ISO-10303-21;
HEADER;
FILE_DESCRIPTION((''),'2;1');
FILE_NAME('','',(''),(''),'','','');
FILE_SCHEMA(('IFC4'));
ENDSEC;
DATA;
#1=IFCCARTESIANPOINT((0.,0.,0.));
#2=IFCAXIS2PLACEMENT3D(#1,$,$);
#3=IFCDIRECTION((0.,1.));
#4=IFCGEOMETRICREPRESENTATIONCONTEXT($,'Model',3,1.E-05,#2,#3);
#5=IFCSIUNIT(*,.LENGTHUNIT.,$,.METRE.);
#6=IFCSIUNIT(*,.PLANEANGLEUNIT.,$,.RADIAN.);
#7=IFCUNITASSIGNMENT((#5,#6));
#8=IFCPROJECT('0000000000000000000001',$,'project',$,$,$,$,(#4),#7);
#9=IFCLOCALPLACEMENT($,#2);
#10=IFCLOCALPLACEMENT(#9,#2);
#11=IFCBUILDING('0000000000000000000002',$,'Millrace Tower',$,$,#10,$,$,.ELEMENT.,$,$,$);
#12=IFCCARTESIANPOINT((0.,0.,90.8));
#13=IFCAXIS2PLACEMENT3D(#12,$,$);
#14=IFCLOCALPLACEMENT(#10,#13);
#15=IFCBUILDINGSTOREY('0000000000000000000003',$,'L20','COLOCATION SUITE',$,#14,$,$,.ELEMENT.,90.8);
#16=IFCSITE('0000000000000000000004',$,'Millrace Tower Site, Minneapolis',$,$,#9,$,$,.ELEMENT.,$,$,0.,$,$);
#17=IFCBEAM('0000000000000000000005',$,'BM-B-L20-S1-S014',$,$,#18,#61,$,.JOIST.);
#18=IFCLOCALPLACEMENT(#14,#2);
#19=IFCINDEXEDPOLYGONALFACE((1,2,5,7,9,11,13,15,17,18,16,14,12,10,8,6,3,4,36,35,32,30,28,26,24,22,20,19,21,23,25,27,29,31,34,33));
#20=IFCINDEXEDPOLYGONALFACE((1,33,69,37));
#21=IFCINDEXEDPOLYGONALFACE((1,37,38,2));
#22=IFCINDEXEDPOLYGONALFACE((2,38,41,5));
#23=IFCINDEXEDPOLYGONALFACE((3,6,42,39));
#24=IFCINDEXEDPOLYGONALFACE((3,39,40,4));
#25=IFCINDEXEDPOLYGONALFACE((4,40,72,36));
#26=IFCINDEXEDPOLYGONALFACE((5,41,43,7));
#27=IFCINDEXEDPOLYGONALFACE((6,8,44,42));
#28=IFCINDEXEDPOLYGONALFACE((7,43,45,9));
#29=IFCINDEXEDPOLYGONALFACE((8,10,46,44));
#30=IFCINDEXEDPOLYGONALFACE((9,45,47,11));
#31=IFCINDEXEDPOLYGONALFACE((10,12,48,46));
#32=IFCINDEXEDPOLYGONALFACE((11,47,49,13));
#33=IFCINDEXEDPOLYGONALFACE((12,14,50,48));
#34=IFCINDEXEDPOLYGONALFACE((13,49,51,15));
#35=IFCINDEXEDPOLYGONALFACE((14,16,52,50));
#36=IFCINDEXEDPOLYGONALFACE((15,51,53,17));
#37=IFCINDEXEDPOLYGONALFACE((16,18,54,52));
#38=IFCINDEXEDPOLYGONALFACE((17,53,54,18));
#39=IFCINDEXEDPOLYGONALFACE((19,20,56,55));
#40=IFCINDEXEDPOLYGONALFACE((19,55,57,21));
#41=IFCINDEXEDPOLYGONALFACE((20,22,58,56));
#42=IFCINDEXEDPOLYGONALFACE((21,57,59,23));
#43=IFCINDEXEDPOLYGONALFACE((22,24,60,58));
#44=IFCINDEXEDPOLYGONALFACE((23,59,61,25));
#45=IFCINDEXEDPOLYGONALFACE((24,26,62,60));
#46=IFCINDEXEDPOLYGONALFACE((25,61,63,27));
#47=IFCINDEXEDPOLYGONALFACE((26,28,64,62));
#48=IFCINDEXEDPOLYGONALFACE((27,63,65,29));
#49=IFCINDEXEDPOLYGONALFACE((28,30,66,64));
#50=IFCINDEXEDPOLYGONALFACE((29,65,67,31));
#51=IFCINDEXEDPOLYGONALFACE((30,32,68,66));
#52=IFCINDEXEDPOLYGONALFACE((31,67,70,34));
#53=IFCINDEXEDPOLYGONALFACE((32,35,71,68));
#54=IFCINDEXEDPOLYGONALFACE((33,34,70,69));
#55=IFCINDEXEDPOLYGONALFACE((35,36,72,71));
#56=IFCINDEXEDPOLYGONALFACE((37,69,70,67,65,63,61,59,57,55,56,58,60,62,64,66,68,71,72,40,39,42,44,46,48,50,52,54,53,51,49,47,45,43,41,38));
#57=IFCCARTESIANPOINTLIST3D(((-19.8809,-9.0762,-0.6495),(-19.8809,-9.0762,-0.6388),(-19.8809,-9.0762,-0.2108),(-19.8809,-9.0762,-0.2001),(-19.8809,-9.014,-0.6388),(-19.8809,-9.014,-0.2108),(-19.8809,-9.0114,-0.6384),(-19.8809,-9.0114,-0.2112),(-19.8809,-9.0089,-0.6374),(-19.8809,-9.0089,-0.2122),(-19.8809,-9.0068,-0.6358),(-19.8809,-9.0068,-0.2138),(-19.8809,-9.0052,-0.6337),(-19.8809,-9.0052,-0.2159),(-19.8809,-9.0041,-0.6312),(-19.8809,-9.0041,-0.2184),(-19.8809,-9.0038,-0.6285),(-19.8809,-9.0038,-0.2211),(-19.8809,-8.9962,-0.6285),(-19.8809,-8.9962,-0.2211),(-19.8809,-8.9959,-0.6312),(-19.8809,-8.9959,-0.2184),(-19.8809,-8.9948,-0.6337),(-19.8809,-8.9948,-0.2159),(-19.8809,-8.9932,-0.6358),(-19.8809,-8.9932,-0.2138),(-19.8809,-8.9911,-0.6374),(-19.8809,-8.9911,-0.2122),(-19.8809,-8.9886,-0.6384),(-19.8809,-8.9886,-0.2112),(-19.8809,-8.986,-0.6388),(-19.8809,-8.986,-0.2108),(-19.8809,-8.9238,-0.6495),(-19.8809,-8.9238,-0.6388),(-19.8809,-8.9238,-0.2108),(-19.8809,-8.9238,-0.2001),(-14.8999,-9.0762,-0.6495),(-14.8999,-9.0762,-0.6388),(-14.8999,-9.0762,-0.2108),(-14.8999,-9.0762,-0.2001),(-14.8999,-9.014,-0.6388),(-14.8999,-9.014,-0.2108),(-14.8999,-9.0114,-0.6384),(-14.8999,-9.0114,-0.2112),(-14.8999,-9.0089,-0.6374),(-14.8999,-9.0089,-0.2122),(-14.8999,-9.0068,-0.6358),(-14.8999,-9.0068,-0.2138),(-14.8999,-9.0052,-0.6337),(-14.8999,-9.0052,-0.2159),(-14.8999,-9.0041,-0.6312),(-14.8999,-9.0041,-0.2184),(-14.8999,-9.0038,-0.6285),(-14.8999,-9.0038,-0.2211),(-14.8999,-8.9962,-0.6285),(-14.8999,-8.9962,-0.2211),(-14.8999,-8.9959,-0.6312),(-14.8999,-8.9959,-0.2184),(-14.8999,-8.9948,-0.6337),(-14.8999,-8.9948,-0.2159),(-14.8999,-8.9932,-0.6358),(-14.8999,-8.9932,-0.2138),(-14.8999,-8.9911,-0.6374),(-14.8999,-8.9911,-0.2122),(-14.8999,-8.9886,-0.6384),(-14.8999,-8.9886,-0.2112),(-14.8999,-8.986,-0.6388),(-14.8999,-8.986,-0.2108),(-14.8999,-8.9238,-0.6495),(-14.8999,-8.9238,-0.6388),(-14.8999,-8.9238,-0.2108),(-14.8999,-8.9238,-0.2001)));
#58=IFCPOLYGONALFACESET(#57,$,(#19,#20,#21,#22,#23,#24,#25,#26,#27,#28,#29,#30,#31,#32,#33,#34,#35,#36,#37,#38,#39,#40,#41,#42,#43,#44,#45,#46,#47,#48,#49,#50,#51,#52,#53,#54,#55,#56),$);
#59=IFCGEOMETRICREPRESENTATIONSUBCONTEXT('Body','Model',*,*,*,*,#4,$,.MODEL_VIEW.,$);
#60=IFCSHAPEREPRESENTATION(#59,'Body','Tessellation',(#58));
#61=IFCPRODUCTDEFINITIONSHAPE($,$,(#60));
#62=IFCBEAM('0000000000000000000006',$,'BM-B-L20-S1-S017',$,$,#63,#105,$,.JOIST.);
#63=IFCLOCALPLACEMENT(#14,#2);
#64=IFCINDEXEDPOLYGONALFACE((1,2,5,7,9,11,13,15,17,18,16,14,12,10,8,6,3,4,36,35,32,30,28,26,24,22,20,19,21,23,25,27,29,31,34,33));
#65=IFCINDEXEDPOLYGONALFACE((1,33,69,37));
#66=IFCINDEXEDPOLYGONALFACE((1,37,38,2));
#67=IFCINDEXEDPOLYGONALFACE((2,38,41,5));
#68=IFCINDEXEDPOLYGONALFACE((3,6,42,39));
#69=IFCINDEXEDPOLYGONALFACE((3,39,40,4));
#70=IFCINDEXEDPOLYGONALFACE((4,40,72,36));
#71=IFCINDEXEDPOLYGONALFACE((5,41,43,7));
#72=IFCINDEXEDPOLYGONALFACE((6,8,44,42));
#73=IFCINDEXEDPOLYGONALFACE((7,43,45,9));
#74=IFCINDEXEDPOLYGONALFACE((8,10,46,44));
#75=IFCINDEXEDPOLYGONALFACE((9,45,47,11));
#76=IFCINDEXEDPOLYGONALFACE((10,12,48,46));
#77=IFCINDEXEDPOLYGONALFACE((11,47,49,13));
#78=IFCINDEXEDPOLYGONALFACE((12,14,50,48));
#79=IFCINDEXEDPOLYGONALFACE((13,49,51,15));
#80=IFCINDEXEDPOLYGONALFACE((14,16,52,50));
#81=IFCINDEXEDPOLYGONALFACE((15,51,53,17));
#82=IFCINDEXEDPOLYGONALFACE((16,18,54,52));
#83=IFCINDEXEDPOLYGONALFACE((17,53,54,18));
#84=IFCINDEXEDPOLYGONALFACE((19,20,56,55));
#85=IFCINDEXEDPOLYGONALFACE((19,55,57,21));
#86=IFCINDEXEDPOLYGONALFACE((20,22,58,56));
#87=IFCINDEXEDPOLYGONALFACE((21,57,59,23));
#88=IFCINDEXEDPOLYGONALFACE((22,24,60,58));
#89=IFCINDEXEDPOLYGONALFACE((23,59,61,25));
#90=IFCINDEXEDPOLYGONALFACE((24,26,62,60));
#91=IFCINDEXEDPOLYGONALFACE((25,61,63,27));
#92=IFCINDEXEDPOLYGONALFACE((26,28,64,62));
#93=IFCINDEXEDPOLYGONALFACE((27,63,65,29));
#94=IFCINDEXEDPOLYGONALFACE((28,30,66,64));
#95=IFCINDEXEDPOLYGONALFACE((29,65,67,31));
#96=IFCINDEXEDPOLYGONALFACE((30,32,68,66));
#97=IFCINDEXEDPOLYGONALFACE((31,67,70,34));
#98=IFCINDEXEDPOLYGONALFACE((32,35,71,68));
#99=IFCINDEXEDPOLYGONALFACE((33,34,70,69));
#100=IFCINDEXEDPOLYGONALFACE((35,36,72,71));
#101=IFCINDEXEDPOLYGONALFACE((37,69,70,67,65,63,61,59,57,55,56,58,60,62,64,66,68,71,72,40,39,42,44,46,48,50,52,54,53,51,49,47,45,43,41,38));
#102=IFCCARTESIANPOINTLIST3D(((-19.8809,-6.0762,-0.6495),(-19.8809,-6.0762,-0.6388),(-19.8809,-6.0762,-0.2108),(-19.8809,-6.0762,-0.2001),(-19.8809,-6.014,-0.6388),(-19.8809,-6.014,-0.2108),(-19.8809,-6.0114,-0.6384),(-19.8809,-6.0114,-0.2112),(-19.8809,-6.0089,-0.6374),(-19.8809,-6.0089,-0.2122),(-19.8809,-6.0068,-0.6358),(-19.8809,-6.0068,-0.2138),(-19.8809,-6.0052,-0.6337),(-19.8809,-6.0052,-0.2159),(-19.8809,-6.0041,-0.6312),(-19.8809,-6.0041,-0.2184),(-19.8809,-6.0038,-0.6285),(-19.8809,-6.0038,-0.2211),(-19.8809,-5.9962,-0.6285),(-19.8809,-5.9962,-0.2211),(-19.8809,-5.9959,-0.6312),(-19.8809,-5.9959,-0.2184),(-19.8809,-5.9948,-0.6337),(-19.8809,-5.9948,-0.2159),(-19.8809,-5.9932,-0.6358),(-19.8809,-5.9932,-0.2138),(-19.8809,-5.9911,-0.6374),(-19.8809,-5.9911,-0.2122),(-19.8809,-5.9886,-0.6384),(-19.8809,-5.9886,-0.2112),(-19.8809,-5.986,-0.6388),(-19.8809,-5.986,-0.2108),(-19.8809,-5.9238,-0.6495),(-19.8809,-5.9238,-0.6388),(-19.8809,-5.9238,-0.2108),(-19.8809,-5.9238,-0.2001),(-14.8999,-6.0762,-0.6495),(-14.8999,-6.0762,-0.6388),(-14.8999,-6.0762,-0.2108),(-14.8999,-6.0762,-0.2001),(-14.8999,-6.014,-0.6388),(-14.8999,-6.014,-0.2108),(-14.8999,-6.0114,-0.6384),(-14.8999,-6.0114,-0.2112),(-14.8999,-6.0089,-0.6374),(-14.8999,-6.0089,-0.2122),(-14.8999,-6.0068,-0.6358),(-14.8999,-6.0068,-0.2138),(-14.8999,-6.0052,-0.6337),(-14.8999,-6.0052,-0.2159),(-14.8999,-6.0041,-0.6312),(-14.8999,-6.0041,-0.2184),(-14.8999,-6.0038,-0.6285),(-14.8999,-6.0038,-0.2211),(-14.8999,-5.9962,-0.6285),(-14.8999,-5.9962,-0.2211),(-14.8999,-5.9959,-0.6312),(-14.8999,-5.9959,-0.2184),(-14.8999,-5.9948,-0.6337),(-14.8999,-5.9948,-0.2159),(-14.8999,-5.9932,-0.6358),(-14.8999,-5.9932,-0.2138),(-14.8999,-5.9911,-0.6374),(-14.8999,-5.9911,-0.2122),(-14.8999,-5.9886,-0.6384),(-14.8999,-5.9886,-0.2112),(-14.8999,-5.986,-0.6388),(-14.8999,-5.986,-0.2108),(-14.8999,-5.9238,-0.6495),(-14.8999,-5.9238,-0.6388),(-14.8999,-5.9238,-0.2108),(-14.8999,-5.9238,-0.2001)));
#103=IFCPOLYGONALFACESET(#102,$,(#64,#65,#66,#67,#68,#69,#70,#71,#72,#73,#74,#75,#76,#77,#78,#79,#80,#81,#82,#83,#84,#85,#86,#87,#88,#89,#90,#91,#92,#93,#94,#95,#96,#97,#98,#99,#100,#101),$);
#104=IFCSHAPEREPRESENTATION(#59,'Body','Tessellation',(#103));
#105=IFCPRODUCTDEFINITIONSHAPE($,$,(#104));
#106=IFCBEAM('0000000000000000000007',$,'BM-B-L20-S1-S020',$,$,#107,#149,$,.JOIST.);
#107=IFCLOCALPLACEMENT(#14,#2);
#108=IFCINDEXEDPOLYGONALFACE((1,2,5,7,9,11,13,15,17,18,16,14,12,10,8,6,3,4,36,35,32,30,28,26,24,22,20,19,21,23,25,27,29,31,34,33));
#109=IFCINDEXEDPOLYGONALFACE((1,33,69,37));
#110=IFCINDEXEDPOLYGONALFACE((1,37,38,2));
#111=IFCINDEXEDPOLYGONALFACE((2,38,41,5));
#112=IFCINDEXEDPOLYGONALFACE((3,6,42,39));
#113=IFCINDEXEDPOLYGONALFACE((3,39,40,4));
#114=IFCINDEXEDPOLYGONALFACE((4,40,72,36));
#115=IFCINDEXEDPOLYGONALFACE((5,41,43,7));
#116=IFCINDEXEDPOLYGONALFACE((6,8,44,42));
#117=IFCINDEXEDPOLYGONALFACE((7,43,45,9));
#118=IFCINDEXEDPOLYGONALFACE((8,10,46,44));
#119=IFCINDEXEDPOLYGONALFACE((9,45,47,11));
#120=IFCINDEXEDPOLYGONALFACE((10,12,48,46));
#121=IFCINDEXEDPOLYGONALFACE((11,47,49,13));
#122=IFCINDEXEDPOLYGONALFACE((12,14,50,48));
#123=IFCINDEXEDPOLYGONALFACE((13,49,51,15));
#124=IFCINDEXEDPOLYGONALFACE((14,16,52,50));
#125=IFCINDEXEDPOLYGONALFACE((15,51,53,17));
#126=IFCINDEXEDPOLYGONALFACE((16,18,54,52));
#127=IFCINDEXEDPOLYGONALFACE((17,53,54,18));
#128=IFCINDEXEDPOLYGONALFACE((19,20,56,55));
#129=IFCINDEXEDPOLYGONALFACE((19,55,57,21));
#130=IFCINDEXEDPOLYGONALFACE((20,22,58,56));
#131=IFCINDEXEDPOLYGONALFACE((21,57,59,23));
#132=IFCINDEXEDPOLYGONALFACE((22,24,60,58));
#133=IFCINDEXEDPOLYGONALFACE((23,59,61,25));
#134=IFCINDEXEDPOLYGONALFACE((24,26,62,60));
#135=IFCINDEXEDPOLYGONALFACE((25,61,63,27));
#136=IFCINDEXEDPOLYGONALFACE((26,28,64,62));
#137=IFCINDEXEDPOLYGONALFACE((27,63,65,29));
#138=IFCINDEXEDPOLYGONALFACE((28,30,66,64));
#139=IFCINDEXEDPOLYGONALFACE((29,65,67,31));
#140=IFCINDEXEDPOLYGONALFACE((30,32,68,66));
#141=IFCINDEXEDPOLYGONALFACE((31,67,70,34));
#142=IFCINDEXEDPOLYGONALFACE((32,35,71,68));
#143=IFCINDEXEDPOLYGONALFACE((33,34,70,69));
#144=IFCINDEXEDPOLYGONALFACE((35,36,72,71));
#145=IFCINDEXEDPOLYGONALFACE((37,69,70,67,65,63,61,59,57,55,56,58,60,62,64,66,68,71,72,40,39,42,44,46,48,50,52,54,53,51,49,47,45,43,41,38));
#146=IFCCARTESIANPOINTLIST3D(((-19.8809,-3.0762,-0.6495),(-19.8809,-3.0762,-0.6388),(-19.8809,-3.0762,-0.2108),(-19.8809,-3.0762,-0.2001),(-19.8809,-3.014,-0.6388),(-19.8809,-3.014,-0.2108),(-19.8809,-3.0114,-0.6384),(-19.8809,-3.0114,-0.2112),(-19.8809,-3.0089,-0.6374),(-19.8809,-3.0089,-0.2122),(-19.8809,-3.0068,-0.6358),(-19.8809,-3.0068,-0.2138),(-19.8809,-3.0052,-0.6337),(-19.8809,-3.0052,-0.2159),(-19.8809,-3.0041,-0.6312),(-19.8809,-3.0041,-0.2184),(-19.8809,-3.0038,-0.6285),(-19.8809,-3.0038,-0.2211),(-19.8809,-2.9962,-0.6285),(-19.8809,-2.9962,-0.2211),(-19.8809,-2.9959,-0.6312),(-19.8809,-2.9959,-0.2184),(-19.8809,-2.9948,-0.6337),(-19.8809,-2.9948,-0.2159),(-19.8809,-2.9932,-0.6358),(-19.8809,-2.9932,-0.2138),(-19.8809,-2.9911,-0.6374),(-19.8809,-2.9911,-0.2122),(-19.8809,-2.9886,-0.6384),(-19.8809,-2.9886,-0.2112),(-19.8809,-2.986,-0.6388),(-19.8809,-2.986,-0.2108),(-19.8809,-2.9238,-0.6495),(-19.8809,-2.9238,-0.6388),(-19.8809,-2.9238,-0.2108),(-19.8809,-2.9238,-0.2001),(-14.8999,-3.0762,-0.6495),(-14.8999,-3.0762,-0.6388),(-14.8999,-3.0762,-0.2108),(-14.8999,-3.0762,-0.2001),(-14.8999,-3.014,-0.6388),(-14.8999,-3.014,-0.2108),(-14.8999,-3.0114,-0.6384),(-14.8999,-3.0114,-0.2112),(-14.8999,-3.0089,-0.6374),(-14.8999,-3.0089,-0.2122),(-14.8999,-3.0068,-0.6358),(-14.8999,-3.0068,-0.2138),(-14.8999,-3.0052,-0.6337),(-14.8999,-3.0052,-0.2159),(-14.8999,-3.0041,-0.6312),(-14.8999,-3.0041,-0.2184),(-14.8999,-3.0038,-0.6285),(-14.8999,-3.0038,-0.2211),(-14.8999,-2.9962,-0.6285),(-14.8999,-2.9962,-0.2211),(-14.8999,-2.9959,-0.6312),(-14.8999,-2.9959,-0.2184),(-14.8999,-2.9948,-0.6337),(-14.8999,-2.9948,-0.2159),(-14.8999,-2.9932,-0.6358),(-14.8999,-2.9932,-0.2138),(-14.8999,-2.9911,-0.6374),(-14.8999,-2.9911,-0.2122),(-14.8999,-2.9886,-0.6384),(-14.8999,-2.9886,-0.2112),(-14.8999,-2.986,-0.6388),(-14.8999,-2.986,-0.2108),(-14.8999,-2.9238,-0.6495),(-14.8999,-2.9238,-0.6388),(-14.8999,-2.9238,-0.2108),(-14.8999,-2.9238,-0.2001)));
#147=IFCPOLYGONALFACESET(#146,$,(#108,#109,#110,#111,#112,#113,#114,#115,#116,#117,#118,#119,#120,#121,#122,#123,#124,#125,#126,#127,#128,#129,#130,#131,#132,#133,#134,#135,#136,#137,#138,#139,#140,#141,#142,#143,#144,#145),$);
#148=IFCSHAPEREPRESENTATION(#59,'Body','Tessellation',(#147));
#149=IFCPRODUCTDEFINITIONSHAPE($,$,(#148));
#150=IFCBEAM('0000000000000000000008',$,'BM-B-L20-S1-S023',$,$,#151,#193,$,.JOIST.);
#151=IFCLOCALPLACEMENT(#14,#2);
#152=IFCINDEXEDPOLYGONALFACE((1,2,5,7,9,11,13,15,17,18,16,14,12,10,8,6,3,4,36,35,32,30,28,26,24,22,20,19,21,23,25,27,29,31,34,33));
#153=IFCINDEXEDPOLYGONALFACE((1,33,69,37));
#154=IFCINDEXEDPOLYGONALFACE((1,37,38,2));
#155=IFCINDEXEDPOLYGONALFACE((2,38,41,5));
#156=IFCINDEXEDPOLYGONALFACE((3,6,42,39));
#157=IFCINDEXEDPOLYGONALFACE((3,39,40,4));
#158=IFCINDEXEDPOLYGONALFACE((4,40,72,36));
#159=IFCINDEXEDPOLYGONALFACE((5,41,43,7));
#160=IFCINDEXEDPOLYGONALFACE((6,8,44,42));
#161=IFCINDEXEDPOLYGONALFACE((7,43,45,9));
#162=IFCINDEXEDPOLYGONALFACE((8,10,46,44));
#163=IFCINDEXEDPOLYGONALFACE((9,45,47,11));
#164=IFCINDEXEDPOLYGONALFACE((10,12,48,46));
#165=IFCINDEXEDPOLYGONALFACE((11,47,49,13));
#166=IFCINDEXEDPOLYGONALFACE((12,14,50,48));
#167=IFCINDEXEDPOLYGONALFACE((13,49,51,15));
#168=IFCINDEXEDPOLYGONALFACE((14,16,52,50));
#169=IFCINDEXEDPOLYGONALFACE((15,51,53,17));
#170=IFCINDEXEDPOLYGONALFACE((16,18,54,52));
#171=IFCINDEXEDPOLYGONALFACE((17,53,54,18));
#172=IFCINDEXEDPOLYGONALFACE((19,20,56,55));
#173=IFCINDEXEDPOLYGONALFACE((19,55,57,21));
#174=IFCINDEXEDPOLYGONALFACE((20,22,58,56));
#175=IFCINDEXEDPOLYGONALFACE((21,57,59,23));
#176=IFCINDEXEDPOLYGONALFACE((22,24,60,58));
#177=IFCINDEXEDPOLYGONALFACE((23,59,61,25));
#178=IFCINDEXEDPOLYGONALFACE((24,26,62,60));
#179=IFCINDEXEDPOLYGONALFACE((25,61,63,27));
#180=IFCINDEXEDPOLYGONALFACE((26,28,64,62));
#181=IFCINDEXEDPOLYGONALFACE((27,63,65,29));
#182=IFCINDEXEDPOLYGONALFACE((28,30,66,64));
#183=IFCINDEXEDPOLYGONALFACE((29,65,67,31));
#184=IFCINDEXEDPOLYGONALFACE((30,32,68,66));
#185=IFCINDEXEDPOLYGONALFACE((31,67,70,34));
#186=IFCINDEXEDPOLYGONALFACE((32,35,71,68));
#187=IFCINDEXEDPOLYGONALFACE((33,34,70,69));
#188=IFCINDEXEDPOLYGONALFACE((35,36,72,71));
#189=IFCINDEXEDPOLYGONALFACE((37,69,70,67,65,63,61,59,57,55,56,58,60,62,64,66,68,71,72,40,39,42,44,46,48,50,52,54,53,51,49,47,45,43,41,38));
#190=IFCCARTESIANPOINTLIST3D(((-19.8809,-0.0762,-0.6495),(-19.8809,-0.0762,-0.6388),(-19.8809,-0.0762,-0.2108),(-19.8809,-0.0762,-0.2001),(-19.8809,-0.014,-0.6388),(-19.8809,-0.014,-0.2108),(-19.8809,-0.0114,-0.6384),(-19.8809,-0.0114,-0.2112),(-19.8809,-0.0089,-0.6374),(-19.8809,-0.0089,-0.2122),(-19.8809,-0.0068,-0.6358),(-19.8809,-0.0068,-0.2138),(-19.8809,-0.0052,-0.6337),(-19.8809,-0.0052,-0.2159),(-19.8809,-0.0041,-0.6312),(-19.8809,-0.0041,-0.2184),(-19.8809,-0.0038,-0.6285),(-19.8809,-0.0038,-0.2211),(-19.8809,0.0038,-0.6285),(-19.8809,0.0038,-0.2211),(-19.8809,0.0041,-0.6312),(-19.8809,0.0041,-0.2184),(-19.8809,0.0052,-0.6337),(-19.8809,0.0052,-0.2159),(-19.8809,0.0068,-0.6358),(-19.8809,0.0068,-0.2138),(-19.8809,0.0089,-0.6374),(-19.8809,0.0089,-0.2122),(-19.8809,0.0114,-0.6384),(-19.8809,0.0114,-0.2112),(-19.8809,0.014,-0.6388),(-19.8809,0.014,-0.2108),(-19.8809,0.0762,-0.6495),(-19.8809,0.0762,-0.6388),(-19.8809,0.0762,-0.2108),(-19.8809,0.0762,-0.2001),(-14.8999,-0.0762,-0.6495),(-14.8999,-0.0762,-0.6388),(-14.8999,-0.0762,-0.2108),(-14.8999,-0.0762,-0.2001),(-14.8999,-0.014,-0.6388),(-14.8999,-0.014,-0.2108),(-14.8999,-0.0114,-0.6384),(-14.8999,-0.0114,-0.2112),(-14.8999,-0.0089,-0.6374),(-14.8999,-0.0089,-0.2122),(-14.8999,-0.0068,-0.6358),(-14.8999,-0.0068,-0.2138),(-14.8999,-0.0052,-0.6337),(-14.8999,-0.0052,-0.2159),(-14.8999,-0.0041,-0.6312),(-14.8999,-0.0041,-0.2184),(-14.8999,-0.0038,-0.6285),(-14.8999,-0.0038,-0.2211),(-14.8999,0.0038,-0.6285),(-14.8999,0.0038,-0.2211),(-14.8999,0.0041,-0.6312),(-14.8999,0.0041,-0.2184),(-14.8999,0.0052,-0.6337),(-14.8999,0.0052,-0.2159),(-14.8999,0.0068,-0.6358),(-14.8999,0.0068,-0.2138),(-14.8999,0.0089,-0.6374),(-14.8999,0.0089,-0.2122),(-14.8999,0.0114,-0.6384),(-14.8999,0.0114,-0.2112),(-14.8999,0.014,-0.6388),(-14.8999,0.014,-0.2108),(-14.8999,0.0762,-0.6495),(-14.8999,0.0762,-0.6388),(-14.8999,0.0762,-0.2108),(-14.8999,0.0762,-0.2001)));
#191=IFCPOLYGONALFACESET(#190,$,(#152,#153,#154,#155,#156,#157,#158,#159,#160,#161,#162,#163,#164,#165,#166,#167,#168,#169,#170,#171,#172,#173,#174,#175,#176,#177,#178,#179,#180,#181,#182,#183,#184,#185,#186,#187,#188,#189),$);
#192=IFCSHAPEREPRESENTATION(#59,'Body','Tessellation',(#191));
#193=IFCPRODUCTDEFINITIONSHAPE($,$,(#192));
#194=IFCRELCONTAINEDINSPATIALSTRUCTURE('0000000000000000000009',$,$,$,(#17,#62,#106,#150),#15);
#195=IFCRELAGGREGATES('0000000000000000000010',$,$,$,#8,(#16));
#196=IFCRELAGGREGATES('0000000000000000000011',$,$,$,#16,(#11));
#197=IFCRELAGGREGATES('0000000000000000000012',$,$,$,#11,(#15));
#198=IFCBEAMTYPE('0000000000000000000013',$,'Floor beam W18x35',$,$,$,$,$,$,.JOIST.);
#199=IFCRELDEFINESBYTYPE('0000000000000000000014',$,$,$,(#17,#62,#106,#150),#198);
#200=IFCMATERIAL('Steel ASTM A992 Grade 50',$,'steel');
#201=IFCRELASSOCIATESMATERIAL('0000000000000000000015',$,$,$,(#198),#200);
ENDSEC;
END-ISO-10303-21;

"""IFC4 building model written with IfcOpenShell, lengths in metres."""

from ifc_helpers import new_model, si_unit, direction, frame, origin, origin_2d, place, context, subcontext, project, spatial, i_section, extrude, material, material_profile, profile_set, type_object, element, save


model = new_model("IFC4")

# Units and contexts
model_context = context("Model", 3, precision=1e-05, world=origin(), true_north=direction((0.0, 1.0)))
body_context = subcontext(model_context, "Body", "Model", "MODEL_VIEW")
ifc_project = project(units=[si_unit("LENGTHUNIT", "METRE"), si_unit("PLANEANGLEUNIT", "RADIAN")], contexts=[model_context])

# Site, building, storey
site_placement = place(None, origin())
site = spatial("IfcSite", under=ifc_project, at=site_placement, Name="Millrace Tower Site, Minneapolis", CompositionType="ELEMENT", RefElevation=0.0)
building_placement = place(site_placement, origin())
building = spatial("IfcBuilding", under=site, at=building_placement, Name="Millrace Tower", CompositionType="ELEMENT")
storey_placement = place(building_placement, frame((0.0, 0.0, 90.8)))
storey = spatial("IfcBuildingStorey", under=building, at=storey_placement, Name="L20", Description="COLOCATION SUITE", CompositionType="ELEMENT", Elevation=90.8)

# Beams
ifc_material_1 = material(Name="Steel ASTM A992 Grade 50", Category="steel")
ifc_material_profile_1 = material_profile(ifc_material_1, i_section(OverallWidth=0.1523, OverallDepth=0.4495, WebThickness=0.0076, FlangeThickness=0.0107, FilletRadius=0.0103, at=origin_2d()))
ifc_profile_set_1 = profile_set([ifc_material_profile_1], Name="Steel ASTM A992 Grade 50")
beam_type_1 = type_object("IfcBeamType", Name="Floor beam W18x35", PredefinedType="JOIST", material=ifc_profile_set_1)
for number, where, z_axis, x_axis, name in (
    (1, (-19.8809, -9.0, -0.4248), (1.0, 0.0, 0.0), (0.0, 1.0, 0.0), "BM-B-L20-S1-S014"),
    (2, (-19.8809, -6.0, -0.4248), (1.0, 0.0, 0.0), (0.0, 1.0, 0.0), "BM-B-L20-S1-S017"),
    (3, (-19.8809, -3.0, -0.4248), (1.0, 0.0, 0.0), (0.0, 1.0, 0.0), "BM-B-L20-S1-S020"),
    (4, (-19.8809, 0.0, -0.4248), (1.0, 0.0, 0.0), (0.0, 1.0, 0.0), "BM-B-L20-S1-S023"),
):
    element("IfcBeam", number, at=place(storey_placement, frame(where, z_axis=z_axis, x_axis=x_axis)), inside=storey, type_object=beam_type_1, Name=name, PredefinedType="JOIST", context=body_context, shape_type="SweptSolid", body=[
        extrude(i_section(OverallWidth=0.1523, OverallDepth=0.4495, WebThickness=0.0076, FlangeThickness=0.0107, FilletRadius=0.0103, at=origin_2d()), origin(), (0.0, 0.0, 1.0), 4.981),
    ])

save(model, "model.ifc")
